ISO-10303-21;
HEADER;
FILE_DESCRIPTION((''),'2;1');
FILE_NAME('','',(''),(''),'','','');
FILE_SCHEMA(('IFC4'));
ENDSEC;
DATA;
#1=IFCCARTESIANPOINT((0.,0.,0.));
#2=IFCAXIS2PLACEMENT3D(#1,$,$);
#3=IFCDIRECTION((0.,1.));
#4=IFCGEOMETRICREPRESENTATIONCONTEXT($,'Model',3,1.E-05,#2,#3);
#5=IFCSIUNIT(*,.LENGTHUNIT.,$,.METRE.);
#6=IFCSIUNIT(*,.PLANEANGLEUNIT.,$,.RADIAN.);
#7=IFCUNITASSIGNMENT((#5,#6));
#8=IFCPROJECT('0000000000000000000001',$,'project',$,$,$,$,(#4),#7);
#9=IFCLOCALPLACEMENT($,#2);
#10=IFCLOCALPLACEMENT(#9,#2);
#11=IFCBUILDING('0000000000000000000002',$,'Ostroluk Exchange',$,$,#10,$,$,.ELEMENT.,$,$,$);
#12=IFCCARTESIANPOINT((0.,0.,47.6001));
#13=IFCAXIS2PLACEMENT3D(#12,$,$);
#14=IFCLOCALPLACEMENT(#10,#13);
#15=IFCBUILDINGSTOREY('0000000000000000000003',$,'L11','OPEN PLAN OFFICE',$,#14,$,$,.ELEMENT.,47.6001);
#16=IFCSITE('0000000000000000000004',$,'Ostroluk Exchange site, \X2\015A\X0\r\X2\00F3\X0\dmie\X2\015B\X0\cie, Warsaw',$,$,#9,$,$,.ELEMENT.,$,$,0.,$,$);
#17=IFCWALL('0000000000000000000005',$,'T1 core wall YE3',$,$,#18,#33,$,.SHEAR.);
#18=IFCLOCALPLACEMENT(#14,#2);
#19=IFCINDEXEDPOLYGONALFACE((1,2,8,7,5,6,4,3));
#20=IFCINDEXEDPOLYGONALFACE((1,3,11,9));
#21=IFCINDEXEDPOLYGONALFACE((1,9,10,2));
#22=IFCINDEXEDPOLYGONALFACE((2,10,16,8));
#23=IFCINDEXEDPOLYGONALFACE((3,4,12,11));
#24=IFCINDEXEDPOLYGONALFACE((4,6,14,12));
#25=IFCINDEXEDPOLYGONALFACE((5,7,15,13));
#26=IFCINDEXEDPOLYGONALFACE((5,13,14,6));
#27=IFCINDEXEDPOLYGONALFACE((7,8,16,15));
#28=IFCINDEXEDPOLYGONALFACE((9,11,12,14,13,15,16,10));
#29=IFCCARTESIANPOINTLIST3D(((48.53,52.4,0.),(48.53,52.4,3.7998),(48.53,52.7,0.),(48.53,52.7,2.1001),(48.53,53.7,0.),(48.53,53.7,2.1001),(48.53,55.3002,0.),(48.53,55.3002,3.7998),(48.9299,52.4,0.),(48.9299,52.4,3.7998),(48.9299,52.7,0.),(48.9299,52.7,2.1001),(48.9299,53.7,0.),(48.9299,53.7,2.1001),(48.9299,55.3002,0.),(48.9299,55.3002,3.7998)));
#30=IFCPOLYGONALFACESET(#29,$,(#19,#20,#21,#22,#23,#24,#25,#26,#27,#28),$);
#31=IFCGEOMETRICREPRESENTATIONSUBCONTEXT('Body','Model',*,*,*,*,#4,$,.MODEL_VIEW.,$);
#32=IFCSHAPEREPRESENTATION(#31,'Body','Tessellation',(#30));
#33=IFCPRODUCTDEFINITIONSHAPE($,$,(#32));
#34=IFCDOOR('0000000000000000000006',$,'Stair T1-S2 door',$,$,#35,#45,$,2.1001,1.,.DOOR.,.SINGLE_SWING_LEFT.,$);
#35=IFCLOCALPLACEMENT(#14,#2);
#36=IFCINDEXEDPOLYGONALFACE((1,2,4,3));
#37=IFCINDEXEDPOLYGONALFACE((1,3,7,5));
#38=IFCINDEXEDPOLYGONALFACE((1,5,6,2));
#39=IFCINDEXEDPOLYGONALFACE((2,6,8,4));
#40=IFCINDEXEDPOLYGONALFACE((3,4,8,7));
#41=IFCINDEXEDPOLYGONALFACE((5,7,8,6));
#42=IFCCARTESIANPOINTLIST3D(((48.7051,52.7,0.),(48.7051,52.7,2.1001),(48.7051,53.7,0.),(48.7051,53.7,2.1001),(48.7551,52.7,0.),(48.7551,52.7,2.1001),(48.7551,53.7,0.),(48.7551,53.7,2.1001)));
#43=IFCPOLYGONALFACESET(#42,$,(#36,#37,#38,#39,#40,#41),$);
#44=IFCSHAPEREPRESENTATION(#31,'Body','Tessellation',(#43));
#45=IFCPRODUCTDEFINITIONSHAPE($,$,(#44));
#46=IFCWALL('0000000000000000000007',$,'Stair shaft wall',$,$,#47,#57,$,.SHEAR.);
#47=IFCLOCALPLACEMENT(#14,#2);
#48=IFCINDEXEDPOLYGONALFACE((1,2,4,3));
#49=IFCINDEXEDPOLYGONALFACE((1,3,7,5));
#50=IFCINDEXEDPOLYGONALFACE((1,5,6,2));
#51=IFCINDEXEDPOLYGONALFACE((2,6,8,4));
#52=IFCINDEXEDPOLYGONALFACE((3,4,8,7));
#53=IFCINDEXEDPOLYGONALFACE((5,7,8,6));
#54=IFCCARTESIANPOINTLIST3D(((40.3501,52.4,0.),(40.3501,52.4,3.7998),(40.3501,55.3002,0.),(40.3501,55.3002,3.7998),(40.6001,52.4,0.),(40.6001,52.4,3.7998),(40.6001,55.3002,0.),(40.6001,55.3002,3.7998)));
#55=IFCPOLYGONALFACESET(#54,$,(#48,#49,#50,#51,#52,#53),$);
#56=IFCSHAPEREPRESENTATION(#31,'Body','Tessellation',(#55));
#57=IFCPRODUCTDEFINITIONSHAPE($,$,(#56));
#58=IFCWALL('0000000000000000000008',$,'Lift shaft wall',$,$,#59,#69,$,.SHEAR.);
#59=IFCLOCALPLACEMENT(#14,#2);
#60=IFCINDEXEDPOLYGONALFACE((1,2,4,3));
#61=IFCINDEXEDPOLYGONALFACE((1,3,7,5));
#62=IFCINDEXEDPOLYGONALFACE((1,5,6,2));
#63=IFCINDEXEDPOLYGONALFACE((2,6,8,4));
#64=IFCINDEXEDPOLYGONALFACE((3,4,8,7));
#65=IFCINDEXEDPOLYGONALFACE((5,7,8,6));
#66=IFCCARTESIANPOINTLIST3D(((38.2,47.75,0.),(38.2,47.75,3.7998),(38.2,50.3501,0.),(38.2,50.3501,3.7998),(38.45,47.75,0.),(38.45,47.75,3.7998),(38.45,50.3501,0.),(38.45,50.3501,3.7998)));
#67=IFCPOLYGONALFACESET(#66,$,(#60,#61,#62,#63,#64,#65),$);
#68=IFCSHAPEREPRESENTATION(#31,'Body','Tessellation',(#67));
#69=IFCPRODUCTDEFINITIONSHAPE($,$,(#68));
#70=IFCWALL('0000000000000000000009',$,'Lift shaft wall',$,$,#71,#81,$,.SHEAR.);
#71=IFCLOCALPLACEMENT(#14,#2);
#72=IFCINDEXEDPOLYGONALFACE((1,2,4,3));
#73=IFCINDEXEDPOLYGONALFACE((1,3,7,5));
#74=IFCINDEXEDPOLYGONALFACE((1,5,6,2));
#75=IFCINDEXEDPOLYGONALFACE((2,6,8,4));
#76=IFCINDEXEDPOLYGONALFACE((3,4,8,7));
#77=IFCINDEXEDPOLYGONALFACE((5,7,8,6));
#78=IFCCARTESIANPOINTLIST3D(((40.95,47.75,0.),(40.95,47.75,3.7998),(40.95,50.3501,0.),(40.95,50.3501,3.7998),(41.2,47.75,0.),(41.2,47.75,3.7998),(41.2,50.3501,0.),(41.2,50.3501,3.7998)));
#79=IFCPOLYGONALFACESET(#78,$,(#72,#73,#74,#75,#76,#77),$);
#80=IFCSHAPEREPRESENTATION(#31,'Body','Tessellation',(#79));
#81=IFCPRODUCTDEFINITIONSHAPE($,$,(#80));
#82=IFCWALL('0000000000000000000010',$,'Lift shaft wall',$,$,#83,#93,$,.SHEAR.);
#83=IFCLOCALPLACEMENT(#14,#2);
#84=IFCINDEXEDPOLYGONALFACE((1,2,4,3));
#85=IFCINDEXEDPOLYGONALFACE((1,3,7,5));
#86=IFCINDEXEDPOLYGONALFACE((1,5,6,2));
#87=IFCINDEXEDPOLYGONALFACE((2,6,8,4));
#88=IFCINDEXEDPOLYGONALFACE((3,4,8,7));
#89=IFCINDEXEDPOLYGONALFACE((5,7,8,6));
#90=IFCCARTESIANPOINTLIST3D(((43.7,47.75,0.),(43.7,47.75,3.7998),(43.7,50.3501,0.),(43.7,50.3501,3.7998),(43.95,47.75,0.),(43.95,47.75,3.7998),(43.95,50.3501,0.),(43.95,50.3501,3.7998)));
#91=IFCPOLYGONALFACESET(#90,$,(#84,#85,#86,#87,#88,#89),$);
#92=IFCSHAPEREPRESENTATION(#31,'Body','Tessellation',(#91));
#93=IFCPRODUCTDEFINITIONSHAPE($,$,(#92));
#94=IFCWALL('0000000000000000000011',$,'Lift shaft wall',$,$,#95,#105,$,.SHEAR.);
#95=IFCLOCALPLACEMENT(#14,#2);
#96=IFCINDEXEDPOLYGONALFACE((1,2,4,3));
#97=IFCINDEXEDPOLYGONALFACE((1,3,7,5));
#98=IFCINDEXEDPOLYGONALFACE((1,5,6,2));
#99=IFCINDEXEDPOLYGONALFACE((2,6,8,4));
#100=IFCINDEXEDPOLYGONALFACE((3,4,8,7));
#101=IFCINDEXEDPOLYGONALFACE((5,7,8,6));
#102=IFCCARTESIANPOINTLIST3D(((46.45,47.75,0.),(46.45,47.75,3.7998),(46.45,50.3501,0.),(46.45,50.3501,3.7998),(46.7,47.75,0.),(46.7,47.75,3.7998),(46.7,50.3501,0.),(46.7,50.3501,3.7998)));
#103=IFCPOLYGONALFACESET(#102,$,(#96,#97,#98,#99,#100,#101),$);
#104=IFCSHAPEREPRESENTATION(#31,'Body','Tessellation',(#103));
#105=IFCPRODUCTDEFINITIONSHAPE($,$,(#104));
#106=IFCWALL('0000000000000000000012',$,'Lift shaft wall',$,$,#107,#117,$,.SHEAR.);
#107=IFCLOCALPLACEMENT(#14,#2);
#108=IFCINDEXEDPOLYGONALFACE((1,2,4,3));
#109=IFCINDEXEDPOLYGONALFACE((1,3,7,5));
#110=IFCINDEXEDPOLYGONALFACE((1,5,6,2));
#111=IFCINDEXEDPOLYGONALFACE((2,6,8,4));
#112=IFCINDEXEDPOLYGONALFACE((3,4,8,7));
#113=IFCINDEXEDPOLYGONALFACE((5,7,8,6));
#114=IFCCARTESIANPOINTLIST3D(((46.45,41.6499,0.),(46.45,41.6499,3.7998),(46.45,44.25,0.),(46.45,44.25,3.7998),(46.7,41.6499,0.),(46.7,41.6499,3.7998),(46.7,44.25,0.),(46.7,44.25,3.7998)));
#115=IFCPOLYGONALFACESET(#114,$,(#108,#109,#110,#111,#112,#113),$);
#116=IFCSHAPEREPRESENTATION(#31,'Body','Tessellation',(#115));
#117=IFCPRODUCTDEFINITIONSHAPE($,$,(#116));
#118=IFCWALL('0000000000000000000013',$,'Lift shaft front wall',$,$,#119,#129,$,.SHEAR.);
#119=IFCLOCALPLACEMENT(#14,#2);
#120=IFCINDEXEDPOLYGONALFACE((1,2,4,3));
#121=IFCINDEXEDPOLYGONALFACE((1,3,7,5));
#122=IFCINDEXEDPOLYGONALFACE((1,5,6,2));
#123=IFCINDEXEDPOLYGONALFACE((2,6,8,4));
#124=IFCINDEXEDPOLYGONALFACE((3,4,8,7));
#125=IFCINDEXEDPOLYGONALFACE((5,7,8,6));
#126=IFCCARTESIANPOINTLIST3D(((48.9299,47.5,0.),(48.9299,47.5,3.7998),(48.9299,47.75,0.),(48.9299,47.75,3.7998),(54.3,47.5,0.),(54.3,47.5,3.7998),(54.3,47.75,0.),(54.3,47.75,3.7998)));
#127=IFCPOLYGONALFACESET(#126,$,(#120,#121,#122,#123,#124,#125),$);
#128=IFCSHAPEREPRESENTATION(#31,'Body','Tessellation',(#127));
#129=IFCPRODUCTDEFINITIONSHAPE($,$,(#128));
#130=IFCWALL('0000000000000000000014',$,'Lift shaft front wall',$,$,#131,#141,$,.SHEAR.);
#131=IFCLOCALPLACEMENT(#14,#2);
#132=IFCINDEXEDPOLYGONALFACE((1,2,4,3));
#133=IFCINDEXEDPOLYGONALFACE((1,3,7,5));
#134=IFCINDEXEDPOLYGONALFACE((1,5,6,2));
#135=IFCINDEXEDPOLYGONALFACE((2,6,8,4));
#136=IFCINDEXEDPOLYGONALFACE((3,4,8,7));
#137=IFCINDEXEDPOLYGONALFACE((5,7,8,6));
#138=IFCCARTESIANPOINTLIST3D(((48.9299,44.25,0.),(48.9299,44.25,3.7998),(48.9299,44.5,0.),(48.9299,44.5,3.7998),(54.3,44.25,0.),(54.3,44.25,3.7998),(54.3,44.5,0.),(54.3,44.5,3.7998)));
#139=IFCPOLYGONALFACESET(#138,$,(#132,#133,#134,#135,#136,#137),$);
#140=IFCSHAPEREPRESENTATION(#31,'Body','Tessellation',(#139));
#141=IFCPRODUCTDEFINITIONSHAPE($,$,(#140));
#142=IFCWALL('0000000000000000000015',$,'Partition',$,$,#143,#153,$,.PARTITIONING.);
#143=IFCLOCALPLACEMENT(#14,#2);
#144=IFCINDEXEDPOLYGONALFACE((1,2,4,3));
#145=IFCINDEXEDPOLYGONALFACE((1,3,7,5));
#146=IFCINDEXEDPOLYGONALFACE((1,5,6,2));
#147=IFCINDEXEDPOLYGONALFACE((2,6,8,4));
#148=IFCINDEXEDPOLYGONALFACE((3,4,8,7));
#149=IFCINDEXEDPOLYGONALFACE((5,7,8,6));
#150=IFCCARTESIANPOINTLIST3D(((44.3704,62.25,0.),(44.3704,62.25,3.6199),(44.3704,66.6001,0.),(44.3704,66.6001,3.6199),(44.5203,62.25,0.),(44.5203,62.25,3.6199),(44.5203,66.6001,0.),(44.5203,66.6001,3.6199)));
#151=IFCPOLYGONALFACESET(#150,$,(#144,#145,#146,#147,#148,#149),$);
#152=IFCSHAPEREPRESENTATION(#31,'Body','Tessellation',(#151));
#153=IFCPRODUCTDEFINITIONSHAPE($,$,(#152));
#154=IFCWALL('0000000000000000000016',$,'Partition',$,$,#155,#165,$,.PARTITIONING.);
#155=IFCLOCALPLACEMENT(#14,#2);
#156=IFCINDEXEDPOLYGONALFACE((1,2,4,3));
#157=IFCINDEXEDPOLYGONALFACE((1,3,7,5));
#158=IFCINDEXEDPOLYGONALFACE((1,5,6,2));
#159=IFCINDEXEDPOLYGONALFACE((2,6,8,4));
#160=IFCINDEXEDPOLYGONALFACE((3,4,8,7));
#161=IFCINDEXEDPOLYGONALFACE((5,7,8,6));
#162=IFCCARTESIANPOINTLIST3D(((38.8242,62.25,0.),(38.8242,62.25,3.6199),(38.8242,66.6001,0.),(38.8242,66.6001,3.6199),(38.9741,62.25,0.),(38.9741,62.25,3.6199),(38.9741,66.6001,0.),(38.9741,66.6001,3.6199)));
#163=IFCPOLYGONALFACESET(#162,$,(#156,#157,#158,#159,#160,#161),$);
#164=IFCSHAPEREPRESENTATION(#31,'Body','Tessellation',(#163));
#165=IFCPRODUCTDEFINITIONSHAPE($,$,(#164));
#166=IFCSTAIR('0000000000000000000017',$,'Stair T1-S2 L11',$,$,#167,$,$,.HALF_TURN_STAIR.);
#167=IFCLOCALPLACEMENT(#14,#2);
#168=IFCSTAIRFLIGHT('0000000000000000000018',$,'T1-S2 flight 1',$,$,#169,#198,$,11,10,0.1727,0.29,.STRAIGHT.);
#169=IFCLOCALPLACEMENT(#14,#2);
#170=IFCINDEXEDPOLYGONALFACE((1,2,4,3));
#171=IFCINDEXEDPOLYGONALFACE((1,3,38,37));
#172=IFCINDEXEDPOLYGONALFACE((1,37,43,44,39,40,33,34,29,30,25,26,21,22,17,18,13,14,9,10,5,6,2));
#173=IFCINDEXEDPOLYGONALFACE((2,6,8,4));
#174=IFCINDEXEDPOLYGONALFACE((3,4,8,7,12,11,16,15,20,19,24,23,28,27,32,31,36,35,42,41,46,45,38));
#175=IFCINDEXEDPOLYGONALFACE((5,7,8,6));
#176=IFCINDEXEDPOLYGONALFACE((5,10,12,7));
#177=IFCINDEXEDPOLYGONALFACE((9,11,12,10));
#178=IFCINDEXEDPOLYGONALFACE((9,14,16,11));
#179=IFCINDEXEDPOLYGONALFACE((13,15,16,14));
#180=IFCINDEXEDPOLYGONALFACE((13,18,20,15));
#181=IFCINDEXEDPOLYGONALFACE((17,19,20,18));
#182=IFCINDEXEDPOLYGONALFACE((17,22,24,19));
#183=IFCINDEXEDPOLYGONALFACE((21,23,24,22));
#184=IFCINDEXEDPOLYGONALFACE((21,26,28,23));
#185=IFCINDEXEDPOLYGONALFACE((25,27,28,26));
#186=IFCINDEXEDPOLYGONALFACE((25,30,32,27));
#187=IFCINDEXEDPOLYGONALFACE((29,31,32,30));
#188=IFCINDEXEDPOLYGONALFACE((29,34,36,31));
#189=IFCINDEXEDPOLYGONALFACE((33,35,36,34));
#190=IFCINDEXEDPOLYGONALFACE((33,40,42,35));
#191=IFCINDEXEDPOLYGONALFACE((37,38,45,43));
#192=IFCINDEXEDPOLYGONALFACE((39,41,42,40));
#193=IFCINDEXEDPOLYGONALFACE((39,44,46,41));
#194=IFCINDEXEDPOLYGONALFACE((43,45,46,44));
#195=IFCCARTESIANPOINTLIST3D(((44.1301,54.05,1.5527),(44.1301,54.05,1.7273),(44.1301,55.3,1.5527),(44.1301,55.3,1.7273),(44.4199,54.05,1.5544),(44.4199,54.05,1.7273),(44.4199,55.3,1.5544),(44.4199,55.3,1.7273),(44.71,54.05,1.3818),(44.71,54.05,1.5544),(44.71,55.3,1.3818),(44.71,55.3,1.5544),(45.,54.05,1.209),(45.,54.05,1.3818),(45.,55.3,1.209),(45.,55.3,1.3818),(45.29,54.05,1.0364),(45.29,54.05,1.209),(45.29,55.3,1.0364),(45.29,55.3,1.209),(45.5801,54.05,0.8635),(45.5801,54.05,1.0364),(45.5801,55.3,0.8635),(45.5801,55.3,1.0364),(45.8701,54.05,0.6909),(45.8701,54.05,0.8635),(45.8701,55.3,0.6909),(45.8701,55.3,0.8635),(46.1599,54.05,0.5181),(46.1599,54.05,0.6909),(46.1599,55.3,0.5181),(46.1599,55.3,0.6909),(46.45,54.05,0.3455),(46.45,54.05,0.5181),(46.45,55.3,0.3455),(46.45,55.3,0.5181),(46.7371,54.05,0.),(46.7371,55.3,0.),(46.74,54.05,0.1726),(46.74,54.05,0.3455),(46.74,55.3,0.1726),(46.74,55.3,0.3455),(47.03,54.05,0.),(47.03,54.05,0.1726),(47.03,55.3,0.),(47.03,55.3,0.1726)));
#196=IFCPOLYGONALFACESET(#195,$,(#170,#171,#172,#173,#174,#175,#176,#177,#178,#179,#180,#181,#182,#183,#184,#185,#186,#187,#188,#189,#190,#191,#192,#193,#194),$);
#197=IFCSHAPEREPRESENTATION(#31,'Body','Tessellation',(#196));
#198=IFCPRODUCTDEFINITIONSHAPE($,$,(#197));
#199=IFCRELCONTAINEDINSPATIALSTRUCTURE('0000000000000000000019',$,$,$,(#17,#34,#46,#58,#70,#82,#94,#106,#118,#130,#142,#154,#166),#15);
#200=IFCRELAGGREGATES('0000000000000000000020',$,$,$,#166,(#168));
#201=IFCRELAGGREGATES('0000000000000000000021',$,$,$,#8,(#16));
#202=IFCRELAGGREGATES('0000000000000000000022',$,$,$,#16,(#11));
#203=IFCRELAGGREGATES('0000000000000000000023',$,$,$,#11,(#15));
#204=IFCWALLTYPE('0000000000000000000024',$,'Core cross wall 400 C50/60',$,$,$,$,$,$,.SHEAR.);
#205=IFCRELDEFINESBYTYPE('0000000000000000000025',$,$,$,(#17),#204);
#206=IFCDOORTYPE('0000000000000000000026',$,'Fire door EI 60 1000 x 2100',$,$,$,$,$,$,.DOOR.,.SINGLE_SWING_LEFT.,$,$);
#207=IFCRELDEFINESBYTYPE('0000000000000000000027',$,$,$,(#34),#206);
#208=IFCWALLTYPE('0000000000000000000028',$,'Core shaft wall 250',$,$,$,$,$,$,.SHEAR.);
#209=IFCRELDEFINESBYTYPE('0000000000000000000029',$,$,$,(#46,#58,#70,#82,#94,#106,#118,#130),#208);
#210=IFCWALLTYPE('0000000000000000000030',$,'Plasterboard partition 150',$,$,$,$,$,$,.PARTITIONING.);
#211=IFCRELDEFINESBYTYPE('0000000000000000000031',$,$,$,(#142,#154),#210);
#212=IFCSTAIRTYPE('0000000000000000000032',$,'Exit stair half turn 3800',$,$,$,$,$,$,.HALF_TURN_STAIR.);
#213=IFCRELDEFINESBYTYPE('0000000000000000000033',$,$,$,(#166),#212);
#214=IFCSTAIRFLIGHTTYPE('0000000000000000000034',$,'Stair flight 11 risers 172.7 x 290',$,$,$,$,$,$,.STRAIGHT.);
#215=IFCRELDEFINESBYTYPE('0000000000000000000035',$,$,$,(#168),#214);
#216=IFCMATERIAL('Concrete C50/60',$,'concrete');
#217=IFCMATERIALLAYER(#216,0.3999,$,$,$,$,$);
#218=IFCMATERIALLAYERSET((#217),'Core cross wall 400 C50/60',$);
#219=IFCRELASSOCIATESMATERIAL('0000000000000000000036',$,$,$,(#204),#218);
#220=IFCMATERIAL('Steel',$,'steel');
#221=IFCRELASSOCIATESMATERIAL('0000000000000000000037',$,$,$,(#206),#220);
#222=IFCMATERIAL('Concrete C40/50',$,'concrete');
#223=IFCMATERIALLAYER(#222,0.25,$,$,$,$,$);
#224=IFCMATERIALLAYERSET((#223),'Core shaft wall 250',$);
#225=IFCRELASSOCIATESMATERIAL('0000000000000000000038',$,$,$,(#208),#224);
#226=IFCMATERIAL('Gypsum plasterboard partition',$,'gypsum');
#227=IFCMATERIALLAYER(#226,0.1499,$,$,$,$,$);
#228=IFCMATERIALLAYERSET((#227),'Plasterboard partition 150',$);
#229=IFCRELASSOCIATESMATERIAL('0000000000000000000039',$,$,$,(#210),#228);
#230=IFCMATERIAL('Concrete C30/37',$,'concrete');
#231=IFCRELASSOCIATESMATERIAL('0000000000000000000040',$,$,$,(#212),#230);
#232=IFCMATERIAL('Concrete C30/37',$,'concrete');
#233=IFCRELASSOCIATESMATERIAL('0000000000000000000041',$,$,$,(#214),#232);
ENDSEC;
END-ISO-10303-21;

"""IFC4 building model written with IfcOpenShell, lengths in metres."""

from ifc_helpers import new_model, si_unit, direction, frame, frame_2d, origin, place, context, subcontext, project, spatial, polyline, rectangle, outline, extrude, material, layer, layer_set, type_object, element, fill, aggregate, save


model = new_model("IFC4")

# Units and contexts
model_context = context("Model", 3, precision=1e-05, world=origin(), true_north=direction((0.0, 1.0)))
body_context = subcontext(model_context, "Body", "Model", "MODEL_VIEW")
ifc_project = project(units=[si_unit("LENGTHUNIT", "METRE"), si_unit("PLANEANGLEUNIT", "RADIAN")], contexts=[model_context])

# Site, building, storey
site_placement = place(None, origin())
site = spatial("IfcSite", under=ifc_project, at=site_placement, Name="Ostroluk Exchange site, Śródmieście, Warsaw", CompositionType="ELEMENT", RefElevation=0.0)
building_placement = place(site_placement, origin())
building = spatial("IfcBuilding", under=site, at=building_placement, Name="Ostroluk Exchange", CompositionType="ELEMENT")
storey_placement = place(building_placement, frame((0.0, 0.0, 47.6001)))
storey = spatial("IfcBuildingStorey", under=building, at=storey_placement, Name="L11", Description="OPEN PLAN OFFICE", CompositionType="ELEMENT", Elevation=47.6001)

# Wall, opening, door
ifc_material_1 = material(Name="Concrete C50/60", Category="concrete")
ifc_layer_1 = layer(ifc_material_1, 0.3999)
ifc_layer_set_1 = layer_set([ifc_layer_1], Name="Core cross wall 400 C50/60")
wall_type_1 = type_object("IfcWallType", Name="Core cross wall 400 C50/60", PredefinedType="SHEAR", material=ifc_layer_set_1)
wall_1_placement = place(storey_placement, frame((48.73, 52.3999, 0.0), z_axis=(0.0, 0.0, 1.0), x_axis=(0.0, 1.0, 0.0)))
wall_1 = element("IfcWall", 1, at=wall_1_placement, inside=storey, type_object=wall_type_1, Name="T1 core wall YE3", PredefinedType="SHEAR", context=body_context, shape_type="SweptSolid", body=[
    extrude(rectangle(XDim=2.9001, YDim=0.3999, at=frame_2d((1.4502, 0.0))), origin(), (0.0, 0.0, 1.0), 3.7998),
])
opening_placement = place(wall_1_placement, frame((0.3, 0.0, 0.0)))
opening = element("IfcOpeningElement", 2, at=opening_placement, cuts=wall_1, PredefinedType="OPENING", context=body_context, shape_type="SweptSolid", body=[
    extrude(rectangle(XDim=1.0, YDim=2.1001, at=frame_2d((0.5, 1.05))), frame((0.0, 0.21, 0.0), z_axis=(0.0, -1.0, 0.0), x_axis=(1.0, 0.0, 0.0)), (0.0, 0.0, 1.0), 0.4199),
])
ifc_material_2 = material(Name="Steel", Category="steel")
door_type = type_object("IfcDoorType", Name="Fire door EI 60 1000 x 2100", OperationType="SINGLE_SWING_LEFT", PredefinedType="DOOR", material=ifc_material_2)
door_placement = place(opening_placement, origin())
door = element("IfcDoor", 3, at=door_placement, inside=storey, type_object=door_type, Name="Stair T1-S2 door", OperationType="SINGLE_SWING_LEFT", OverallHeight=2.1001, OverallWidth=1.0, PredefinedType="DOOR", context=body_context, shape_type="SweptSolid", body=[
    extrude(rectangle(XDim=1.0, YDim=2.1001, at=frame_2d((0.5, 1.05))), frame((0.0, 0.0249, 0.0), z_axis=(0.0, -1.0, 0.0), x_axis=(1.0, 0.0, 0.0)), (0.0, 0.0, 1.0), 0.05),
])
fill(opening, door)

# Walls
ifc_material_3 = material(Name="Concrete C40/50", Category="concrete")
ifc_layer_2 = layer(ifc_material_3, 0.25)
ifc_layer_set_2 = layer_set([ifc_layer_2], Name="Core shaft wall 250")
wall_type_2 = type_object("IfcWallType", Name="Core shaft wall 250", PredefinedType="SHEAR", material=ifc_layer_set_2)
wall_2_placement = place(storey_placement, frame((40.4751, 52.3999, 0.0), z_axis=(0.0, 0.0, 1.0), x_axis=(0.0, 1.0, 0.0)))
element("IfcWall", 4, at=wall_2_placement, inside=storey, type_object=wall_type_2, Name="Stair shaft wall", PredefinedType="SHEAR", context=body_context, shape_type="SweptSolid", body=[
    extrude(rectangle(XDim=2.9001, YDim=0.25, at=frame_2d((1.4502, 0.0))), origin(), (0.0, 0.0, 1.0), 3.7998),
])
for number, where, z_axis, x_axis, name in (
    (5, (38.325, 47.75, 0.0), (0.0, 0.0, 1.0), (0.0, 1.0, 0.0), "Lift shaft wall"),
    (6, (41.075, 47.75, 0.0), (0.0, 0.0, 1.0), (0.0, 1.0, 0.0), "Lift shaft wall"),
    (7, (43.825, 47.75, 0.0), (0.0, 0.0, 1.0), (0.0, 1.0, 0.0), "Lift shaft wall"),
    (8, (46.575, 47.75, 0.0), (0.0, 0.0, 1.0), (0.0, 1.0, 0.0), "Lift shaft wall"),
    (9, (46.575, 44.25, 0.0), (0.0, 0.0, 1.0), (0.0, -1.0, 0.0), "Lift shaft wall"),
):
    element("IfcWall", number, at=place(storey_placement, frame(where, z_axis=z_axis, x_axis=x_axis)), inside=storey, type_object=wall_type_2, Name=name, PredefinedType="SHEAR", context=body_context, shape_type="SweptSolid", body=[
        extrude(rectangle(XDim=2.6001, YDim=0.25, at=frame_2d((1.3, 0.0))), origin(), (0.0, 0.0, 1.0), 3.7998),
    ])
for number, where, z_axis, x_axis, name in (
    (10, (48.9299, 47.625, 0.0), (0.0, 0.0, 1.0), (1.0, 0.0, 0.0), "Lift shaft front wall"),
    (11, (48.9299, 44.375, 0.0), (0.0, 0.0, 1.0), (1.0, 0.0, 0.0), "Lift shaft front wall"),
):
    element("IfcWall", number, at=place(storey_placement, frame(where, z_axis=z_axis, x_axis=x_axis)), inside=storey, type_object=wall_type_2, Name=name, PredefinedType="SHEAR", context=body_context, shape_type="SweptSolid", body=[
        extrude(rectangle(XDim=5.3701, YDim=0.25, at=frame_2d((2.6851, 0.0))), origin(), (0.0, 0.0, 1.0), 3.7998),
    ])
ifc_material_4 = material(Name="Gypsum plasterboard partition", Category="gypsum")
ifc_layer_3 = layer(ifc_material_4, 0.1499)
ifc_layer_set_3 = layer_set([ifc_layer_3], Name="Plasterboard partition 150")
wall_type_3 = type_object("IfcWallType", Name="Plasterboard partition 150", PredefinedType="PARTITIONING", material=ifc_layer_set_3)
for number, where, z_axis, x_axis, name in (
    (12, (44.4453, 62.25, 0.0), (0.0, 0.0, 1.0), (0.0, 1.0, 0.0), "Partition"),
    (13, (38.8992, 62.25, 0.0), (0.0, 0.0, 1.0), (0.0, 1.0, 0.0), "Partition"),
):
    element("IfcWall", number, at=place(storey_placement, frame(where, z_axis=z_axis, x_axis=x_axis)), inside=storey, type_object=wall_type_3, Name=name, PredefinedType="PARTITIONING", context=body_context, shape_type="SweptSolid", body=[
        extrude(rectangle(XDim=4.3501, YDim=0.1499, at=frame_2d((2.175, 0.0))), origin(), (0.0, 0.0, 1.0), 3.6199),
    ])

# Stair, stair flight
ifc_material_5 = material(Name="Concrete C30/37", Category="concrete")
stair_type = type_object("IfcStairType", Name="Exit stair half turn 3800", PredefinedType="HALF_TURN_STAIR", material=ifc_material_5)
stair_placement = place(storey_placement, origin())
stair = element("IfcStair", 14, at=stair_placement, inside=storey, type_object=stair_type, Name="Stair T1-S2 L11", PredefinedType="HALF_TURN_STAIR")
ifc_material_6 = material(Name="Concrete C30/37", Category="concrete")
stair_flight_type = type_object("IfcStairFlightType", Name="Stair flight 11 risers 172.7 x 290", PredefinedType="STRAIGHT", material=ifc_material_6)
stair_flight_1_placement = place(storey_placement, frame((47.03, 54.675, 0.0), z_axis=(0.0, 0.0, 1.0), x_axis=(-1.0, 0.0, 0.0)))
stair_flight_1 = element("IfcStairFlight", 15, at=stair_flight_1_placement, type_object=stair_flight_type, Name="T1-S2 flight 1", NumberOfRisers=11, NumberOfTreads=10, PredefinedType="STRAIGHT", RiserHeight=0.1727, TreadLength=0.29, context=body_context, shape_type="SweptSolid", body=[
    extrude(outline(polyline([(0.0, 0.0), (0.0, 0.1726), (0.29, 0.1726), (0.29, 0.3455), (0.5801, 0.3455), (0.5801, 0.5181), (0.8701, 0.5181), (0.8701, 0.6909), (1.1599, 0.6909), (1.1599, 0.8635), (1.45, 0.8635), (1.45, 1.0364), (1.74, 1.0364), (1.74, 1.209), (2.03, 1.209), (2.03, 1.3818), (2.3201, 1.3818), (2.3201, 1.5544), (2.6101, 1.5544), (2.6101, 1.7273), (2.8999, 1.7273), (2.8999, 1.8999), (2.8999, 1.5527), (0.293, 0.0), (0.0, 0.0)])), frame((0.0, 0.625, 0.0), z_axis=(0.0, -1.0, 0.0), x_axis=(1.0, 0.0, 0.0)), (0.0, 0.0, 1.0), 1.25),
])
aggregate(stair, [stair_flight_1])

save(model, "model.ifc")
